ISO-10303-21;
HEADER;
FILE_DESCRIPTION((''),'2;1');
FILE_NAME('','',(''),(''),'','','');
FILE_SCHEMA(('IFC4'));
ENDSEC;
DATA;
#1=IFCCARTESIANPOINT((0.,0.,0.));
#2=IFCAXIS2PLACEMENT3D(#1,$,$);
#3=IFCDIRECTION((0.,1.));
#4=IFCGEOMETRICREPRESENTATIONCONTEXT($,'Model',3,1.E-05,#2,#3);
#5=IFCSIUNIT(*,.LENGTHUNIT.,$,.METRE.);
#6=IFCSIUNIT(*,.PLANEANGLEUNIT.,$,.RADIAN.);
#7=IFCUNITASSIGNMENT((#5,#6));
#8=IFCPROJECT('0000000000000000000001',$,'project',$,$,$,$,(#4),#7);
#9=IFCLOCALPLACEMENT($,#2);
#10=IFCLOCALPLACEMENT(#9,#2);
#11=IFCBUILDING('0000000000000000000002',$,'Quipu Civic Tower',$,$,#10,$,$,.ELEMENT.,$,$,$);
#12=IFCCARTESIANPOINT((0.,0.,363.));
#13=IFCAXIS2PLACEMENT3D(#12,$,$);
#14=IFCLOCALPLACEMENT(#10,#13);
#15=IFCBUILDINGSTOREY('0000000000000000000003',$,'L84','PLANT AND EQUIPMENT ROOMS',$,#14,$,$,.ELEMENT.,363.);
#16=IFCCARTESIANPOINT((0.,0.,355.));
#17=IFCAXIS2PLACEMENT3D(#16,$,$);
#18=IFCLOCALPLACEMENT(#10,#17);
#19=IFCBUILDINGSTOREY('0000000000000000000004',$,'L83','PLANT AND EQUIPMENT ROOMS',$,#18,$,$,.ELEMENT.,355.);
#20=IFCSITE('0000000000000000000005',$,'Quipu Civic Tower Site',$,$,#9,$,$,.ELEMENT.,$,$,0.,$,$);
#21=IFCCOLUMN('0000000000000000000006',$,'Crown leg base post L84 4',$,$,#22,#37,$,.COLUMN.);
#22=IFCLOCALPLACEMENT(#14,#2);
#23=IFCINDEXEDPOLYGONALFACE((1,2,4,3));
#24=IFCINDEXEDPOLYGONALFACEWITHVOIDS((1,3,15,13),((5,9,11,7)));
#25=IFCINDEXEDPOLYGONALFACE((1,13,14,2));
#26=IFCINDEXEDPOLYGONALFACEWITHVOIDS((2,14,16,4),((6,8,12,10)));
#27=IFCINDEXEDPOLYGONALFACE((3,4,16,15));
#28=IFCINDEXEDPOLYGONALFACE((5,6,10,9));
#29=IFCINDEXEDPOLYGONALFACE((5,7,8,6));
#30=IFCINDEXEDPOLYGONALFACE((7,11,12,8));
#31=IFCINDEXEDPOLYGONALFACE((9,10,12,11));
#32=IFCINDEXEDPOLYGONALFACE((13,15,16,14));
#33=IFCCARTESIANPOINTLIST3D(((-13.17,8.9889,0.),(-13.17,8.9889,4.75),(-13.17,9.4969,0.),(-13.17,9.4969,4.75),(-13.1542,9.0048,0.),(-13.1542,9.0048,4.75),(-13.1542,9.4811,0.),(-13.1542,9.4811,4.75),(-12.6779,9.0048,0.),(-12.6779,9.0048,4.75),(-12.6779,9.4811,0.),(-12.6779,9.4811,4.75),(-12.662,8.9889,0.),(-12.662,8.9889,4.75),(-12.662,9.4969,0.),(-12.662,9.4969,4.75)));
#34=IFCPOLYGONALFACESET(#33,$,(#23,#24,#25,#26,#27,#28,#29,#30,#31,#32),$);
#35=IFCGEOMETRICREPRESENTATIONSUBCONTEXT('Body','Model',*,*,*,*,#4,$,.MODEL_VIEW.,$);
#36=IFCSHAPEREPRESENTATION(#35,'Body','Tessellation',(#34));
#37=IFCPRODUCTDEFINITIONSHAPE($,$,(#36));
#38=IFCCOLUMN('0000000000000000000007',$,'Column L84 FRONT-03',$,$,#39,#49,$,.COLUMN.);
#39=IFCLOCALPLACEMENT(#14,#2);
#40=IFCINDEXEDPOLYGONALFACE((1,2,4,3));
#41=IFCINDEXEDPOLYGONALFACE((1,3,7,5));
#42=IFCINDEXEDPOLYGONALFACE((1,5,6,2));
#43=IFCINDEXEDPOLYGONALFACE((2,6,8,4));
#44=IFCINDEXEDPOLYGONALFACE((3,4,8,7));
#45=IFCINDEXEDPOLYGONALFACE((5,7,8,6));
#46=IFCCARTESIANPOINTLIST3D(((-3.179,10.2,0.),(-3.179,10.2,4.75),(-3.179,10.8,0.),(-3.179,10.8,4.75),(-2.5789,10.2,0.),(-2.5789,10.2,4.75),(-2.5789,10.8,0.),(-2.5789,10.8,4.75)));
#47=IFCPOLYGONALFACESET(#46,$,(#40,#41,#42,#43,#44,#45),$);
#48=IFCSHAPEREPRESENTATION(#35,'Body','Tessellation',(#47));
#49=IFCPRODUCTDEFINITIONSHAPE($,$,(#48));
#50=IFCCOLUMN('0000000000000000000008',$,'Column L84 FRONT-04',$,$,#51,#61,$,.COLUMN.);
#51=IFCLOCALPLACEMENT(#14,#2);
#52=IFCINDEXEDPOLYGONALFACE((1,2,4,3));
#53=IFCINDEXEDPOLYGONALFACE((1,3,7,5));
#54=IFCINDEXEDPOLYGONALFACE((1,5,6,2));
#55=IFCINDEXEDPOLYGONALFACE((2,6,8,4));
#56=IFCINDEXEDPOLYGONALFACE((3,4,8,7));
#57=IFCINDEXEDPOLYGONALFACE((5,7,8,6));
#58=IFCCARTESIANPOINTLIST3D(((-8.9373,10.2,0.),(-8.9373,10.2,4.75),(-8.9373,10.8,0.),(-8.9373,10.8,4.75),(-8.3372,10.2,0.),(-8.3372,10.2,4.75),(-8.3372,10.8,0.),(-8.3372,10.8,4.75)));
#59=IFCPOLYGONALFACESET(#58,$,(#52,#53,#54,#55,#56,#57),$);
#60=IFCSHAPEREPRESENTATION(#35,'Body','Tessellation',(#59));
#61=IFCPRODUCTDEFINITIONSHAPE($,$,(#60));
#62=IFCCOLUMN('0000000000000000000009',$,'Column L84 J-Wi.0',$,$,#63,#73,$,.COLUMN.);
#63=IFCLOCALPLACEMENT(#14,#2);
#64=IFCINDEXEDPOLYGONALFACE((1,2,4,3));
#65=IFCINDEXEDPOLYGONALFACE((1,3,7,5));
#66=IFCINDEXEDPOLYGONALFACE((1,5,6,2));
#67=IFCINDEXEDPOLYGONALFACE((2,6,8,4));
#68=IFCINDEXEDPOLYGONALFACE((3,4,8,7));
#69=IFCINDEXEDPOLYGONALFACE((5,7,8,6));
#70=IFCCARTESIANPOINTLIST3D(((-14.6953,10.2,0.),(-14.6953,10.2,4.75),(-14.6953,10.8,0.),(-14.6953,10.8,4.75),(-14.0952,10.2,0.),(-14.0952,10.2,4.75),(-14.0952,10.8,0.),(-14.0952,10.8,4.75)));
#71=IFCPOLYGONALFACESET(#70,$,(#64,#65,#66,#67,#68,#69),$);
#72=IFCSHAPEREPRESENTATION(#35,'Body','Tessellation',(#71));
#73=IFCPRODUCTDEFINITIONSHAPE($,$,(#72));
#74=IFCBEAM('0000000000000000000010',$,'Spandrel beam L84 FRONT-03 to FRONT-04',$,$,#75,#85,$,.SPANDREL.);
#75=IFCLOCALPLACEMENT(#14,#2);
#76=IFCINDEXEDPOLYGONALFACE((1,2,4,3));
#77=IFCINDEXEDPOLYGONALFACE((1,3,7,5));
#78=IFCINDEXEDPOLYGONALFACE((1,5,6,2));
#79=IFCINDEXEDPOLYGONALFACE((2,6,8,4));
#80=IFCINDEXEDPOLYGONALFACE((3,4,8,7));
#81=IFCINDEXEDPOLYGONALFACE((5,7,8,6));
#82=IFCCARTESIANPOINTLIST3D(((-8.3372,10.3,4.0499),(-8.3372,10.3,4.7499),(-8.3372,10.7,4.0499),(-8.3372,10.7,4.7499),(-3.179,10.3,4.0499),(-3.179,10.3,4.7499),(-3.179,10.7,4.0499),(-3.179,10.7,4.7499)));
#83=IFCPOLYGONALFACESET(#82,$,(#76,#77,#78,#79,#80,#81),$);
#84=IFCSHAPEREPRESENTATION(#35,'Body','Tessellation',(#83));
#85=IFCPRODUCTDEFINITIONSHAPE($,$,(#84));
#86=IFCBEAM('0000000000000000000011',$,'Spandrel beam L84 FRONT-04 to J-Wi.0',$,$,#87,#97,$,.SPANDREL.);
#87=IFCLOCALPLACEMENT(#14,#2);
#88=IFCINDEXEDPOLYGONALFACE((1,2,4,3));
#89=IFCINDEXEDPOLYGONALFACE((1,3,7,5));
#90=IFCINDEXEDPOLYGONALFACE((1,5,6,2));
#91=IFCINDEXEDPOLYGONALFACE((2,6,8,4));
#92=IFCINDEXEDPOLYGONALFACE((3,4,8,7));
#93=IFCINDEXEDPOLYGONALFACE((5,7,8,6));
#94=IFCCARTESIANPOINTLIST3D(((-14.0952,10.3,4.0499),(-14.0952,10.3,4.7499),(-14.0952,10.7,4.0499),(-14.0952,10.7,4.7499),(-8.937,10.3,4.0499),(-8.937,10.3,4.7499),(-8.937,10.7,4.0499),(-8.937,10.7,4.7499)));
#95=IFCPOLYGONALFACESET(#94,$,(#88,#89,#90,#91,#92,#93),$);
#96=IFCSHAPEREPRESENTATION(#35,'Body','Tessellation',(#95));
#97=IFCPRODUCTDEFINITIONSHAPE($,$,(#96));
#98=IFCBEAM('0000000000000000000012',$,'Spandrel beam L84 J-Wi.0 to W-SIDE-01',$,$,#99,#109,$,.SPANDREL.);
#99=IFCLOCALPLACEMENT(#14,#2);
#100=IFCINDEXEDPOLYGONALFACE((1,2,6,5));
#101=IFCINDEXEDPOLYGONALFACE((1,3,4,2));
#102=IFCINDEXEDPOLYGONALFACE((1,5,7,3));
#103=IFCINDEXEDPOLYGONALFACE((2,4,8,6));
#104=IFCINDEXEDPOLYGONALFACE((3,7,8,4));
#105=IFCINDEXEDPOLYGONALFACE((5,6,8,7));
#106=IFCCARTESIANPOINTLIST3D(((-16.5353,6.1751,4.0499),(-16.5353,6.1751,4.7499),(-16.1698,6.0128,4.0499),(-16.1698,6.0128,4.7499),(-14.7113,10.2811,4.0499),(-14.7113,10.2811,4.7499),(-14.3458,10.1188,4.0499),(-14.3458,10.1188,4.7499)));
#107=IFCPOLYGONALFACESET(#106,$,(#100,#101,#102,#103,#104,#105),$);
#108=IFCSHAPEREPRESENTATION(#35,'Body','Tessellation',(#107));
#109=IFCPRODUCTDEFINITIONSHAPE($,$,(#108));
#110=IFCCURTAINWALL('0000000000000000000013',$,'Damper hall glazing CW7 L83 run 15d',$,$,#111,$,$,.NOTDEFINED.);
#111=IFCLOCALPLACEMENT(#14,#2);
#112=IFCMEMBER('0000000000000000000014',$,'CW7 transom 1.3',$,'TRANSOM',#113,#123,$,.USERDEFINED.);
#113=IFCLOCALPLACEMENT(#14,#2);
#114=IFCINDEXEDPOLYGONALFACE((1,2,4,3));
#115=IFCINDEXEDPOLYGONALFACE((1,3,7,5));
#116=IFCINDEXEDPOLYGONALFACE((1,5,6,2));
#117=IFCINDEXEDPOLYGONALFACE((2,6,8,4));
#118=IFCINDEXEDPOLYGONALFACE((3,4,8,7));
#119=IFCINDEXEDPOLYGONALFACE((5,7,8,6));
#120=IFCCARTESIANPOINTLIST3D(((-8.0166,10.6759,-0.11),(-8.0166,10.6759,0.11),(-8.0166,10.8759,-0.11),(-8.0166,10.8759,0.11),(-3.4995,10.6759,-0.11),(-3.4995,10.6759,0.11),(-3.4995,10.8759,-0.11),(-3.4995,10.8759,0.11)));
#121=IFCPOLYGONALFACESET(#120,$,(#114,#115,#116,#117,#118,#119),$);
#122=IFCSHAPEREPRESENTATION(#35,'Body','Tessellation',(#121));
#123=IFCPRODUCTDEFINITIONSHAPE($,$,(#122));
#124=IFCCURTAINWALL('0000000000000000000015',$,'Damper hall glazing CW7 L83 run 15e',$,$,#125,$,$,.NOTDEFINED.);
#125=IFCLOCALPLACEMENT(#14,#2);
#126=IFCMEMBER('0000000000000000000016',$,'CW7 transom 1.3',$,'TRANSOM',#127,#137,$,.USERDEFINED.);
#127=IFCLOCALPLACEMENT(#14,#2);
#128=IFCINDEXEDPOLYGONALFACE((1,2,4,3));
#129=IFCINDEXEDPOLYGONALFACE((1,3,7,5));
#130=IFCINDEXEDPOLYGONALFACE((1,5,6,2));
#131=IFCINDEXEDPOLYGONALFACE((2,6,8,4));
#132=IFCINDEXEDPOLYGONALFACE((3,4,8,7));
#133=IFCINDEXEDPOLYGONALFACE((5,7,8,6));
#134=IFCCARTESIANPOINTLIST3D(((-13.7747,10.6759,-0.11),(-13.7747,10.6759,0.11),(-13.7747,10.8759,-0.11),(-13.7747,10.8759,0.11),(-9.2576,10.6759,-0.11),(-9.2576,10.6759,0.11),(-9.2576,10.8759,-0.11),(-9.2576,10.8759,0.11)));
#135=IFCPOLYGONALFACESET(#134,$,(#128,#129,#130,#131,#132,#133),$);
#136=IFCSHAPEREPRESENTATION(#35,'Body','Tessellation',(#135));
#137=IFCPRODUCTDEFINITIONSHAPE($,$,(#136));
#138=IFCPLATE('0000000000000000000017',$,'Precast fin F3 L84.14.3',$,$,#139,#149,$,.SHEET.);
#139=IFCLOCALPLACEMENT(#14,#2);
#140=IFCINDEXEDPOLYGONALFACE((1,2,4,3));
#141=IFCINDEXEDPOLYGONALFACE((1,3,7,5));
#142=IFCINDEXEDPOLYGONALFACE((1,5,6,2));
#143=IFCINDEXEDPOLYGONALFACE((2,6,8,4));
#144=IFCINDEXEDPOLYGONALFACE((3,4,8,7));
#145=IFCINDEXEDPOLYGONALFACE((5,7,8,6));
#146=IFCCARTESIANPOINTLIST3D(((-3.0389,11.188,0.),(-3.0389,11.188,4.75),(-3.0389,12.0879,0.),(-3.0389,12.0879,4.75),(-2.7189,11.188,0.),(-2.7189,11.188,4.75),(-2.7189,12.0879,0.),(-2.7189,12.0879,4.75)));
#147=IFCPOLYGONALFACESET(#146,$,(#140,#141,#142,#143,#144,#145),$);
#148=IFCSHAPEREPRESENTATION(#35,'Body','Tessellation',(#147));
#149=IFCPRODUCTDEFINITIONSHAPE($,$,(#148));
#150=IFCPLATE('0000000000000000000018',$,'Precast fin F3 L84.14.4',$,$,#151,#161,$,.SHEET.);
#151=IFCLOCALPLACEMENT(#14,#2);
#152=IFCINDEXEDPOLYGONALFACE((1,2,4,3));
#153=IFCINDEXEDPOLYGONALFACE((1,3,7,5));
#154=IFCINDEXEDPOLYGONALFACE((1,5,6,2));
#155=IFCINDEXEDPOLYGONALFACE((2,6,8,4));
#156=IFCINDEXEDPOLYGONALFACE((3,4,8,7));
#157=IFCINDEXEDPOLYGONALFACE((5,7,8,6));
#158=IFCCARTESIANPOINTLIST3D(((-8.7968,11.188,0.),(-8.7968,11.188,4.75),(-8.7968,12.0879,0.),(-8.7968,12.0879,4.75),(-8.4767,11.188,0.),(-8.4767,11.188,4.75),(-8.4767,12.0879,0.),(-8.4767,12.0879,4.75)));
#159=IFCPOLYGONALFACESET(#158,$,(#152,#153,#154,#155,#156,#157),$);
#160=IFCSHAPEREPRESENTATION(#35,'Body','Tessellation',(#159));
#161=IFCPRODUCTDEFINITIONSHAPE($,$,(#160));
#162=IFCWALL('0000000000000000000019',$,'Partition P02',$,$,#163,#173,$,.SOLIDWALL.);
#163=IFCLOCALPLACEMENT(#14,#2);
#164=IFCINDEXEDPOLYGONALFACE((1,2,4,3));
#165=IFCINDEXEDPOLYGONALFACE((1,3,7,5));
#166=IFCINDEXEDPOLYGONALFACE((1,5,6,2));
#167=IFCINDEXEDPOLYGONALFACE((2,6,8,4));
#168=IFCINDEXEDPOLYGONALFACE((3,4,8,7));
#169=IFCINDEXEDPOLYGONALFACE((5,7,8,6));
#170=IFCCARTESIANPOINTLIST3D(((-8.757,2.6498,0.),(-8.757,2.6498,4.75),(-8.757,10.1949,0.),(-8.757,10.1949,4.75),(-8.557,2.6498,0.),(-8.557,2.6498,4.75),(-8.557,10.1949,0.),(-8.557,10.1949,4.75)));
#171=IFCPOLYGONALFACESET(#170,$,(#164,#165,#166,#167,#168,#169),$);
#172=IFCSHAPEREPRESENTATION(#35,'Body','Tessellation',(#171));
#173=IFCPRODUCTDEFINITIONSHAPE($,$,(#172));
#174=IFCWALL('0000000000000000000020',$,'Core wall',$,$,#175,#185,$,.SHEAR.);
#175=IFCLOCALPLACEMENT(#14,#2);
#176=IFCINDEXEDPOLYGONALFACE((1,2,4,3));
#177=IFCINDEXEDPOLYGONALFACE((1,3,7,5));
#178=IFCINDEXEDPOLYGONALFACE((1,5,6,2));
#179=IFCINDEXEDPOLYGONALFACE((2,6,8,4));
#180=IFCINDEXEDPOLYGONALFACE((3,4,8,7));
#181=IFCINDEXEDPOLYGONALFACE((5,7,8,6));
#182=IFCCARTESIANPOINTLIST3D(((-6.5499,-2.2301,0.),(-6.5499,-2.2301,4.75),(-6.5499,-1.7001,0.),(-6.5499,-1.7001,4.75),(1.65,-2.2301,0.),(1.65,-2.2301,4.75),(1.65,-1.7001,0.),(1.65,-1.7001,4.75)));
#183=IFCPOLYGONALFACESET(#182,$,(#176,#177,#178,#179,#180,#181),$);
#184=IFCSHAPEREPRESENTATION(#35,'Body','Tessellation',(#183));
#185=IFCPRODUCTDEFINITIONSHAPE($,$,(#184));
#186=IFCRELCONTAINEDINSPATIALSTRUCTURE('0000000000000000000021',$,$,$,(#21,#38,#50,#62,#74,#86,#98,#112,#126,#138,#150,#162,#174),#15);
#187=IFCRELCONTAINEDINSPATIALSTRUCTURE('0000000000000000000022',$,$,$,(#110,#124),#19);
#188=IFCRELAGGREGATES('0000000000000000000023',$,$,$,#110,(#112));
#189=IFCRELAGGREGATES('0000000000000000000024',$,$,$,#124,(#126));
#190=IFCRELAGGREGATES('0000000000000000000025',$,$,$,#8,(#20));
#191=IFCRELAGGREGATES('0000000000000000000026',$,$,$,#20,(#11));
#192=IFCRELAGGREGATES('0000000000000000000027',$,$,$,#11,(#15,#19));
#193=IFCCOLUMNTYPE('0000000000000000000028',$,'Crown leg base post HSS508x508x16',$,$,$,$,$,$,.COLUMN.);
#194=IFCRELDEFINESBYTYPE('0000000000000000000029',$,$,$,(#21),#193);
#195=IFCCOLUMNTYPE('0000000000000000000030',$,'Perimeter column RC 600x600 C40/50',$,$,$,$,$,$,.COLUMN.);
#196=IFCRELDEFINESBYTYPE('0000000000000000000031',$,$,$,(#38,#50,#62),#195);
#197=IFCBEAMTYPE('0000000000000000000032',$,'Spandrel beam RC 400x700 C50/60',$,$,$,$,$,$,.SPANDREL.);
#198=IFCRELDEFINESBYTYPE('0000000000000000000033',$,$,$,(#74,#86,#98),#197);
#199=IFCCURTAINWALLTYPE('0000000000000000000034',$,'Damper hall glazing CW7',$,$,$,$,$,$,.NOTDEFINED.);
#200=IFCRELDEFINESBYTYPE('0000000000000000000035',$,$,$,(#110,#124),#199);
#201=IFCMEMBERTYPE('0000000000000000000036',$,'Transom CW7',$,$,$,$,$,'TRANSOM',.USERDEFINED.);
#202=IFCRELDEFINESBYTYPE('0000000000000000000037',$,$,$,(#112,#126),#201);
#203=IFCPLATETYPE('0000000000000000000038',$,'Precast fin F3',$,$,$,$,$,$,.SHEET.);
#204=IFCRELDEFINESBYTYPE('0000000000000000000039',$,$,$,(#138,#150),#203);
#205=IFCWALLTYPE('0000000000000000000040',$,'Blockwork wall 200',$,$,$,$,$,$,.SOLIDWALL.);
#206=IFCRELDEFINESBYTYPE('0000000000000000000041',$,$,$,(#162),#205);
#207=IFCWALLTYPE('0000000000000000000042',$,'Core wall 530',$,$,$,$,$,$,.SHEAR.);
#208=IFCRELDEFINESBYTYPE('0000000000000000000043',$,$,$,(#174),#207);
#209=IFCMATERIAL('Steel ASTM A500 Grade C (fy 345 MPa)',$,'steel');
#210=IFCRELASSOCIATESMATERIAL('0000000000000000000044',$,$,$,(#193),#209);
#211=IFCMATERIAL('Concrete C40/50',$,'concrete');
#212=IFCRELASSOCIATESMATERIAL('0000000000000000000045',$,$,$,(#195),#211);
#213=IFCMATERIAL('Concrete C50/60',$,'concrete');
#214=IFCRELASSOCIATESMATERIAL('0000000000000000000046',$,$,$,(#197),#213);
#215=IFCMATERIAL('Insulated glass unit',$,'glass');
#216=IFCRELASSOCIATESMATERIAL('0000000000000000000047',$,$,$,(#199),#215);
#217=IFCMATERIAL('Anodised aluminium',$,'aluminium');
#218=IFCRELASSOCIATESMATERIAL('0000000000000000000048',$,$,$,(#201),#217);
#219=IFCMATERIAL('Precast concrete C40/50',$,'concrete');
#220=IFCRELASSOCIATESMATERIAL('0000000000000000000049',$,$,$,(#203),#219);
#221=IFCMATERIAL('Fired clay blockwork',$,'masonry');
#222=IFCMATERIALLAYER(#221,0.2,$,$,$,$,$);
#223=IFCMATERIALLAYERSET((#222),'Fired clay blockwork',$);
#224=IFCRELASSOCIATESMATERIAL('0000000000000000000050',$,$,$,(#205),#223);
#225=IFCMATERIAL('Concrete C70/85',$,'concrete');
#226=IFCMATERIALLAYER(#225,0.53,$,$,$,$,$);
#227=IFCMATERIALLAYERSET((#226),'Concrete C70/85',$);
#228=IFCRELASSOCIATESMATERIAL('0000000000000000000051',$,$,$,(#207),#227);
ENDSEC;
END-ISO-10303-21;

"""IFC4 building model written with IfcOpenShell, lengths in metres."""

from ifc_helpers import new_model, si_unit, direction, frame, frame_2d, origin, origin_2d, place, context, subcontext, project, spatial, rectangle, hollow_rectangle, extrude, material, layer, layer_set, material_profile, profile_set, type_object, element, aggregate, save


model = new_model("IFC4")

# Units and contexts
model_context = context("Model", 3, precision=1e-05, world=origin(), true_north=direction((0.0, 1.0)))
body_context = subcontext(model_context, "Body", "Model", "MODEL_VIEW")
ifc_project = project(units=[si_unit("LENGTHUNIT", "METRE"), si_unit("PLANEANGLEUNIT", "RADIAN")], contexts=[model_context])

# Site, building, storey
site_placement = place(None, origin())
site = spatial("IfcSite", under=ifc_project, at=site_placement, Name="Quipu Civic Tower Site", CompositionType="ELEMENT", RefElevation=0.0)
building_placement = place(site_placement, origin())
building = spatial("IfcBuilding", under=site, at=building_placement, Name="Quipu Civic Tower", CompositionType="ELEMENT")
storey_1_placement = place(building_placement, frame((0.0, 0.0, 363.0)))
storey_1 = spatial("IfcBuildingStorey", under=building, at=storey_1_placement, Name="L84", Description="PLANT AND EQUIPMENT ROOMS", CompositionType="ELEMENT", Elevation=363.0)

# Columns
ifc_material_1 = material(Name="Steel ASTM A500 Grade C (fy 345 MPa)", Category="steel")
ifc_material_profile_1 = material_profile(ifc_material_1, hollow_rectangle(XDim=0.5081, YDim=0.5081, WallThickness=0.0159, at=origin_2d()), Name="HSS508x508x16")
ifc_profile_set_1 = profile_set([ifc_material_profile_1], Name="Steel ASTM A500 Grade C (fy 345 MPa)")
column_type_1 = type_object("IfcColumnType", Name="Crown leg base post HSS508x508x16", PredefinedType="COLUMN", material=ifc_profile_set_1)
column_placement = place(storey_1_placement, frame((-12.916, 9.2429, 0.0), z_axis=(0.0, 0.0, 1.0), x_axis=(1.0, 0.0, 0.0)))
element("IfcColumn", 1, at=column_placement, inside=storey_1, type_object=column_type_1, Name="Crown leg base post L84 4", PredefinedType="COLUMN", context=body_context, shape_type="SweptSolid", body=[
    extrude(hollow_rectangle(XDim=0.5081, YDim=0.5081, WallThickness=0.0159, at=origin_2d()), origin(), (0.0, 0.0, 1.0), 4.75),
])
ifc_material_2 = material(Name="Concrete C40/50", Category="concrete")
ifc_material_profile_2 = material_profile(ifc_material_2, rectangle(XDim=0.6001, YDim=0.6001, at=origin_2d()), Name="RC600x600")
ifc_profile_set_2 = profile_set([ifc_material_profile_2], Name="Concrete C40/50")
column_type_2 = type_object("IfcColumnType", Name="Perimeter column RC 600x600 C40/50", PredefinedType="COLUMN", material=ifc_profile_set_2)
for number, where, z_axis, x_axis, name in (
    (2, (-2.8789, 10.5, 0.0), (0.0, 0.0, 1.0), (-1.0, 0.0, 0.0), "Column L84 FRONT-03"),
    (3, (-8.6372, 10.5, 0.0), (0.0, 0.0, 1.0), (-1.0, 0.0, 0.0), "Column L84 FRONT-04"),
    (4, (-14.3953, 10.5, 0.0), (0.0, 0.0, 1.0), (-1.0, 0.0, 0.0), "Column L84 J-Wi.0"),
):
    element("IfcColumn", number, at=place(storey_1_placement, frame(where, z_axis=z_axis, x_axis=x_axis)), inside=storey_1, type_object=column_type_2, Name=name, PredefinedType="COLUMN", context=body_context, shape_type="SweptSolid", body=[
        extrude(rectangle(XDim=0.6001, YDim=0.6001, at=origin_2d()), origin(), (0.0, 0.0, 1.0), 4.75),
    ])

# Beams
ifc_material_3 = material(Name="Concrete C50/60", Category="concrete")
ifc_material_profile_3 = material_profile(ifc_material_3, rectangle(XDim=0.3999, YDim=0.7, at=origin_2d()), Name="RC400x700")
ifc_profile_set_3 = profile_set([ifc_material_profile_3], Name="Concrete C50/60")
beam_type = type_object("IfcBeamType", Name="Spandrel beam RC 400x700 C50/60", PredefinedType="SPANDREL", material=ifc_profile_set_3)
for number, where, z_axis, x_axis, name in (
    (5, (-3.179, 10.5, 4.3999), (-1.0, 0.0, 0.0), (0.0, -1.0, 0.0), "Spandrel beam L84 FRONT-03 to FRONT-04"),
    (6, (-8.937, 10.5, 4.3999), (-1.0, 0.0, 0.0), (0.0, -1.0, 0.0), "Spandrel beam L84 FRONT-04 to J-Wi.0"),
):
    element("IfcBeam", number, at=place(storey_1_placement, frame(where, z_axis=z_axis, x_axis=x_axis)), inside=storey_1, type_object=beam_type, Name=name, PredefinedType="SPANDREL", context=body_context, shape_type="SweptSolid", body=[
        extrude(rectangle(XDim=0.3999, YDim=0.7, at=origin_2d()), origin(), (0.0, 0.0, 1.0), 5.1582),
    ])
beam_placement = place(storey_1_placement, frame((-14.5286, 10.2, 4.3999), z_axis=(-0.405972, -0.913885, 0.0), x_axis=(0.913885, -0.405972, 0.0)))
element("IfcBeam", 7, at=beam_placement, inside=storey_1, type_object=beam_type, Name="Spandrel beam L84 J-Wi.0 to W-SIDE-01", PredefinedType="SPANDREL", context=body_context, shape_type="SweptSolid", body=[
    extrude(rectangle(XDim=0.3999, YDim=0.7, at=origin_2d()), origin(), (0.0, 0.0, 1.0), 4.4929),
])

# Shared definitions
storey_2_placement = place(building_placement, frame((0.0, 0.0, 355.0)))
storey_2 = spatial("IfcBuildingStorey", under=building, at=storey_2_placement, Name="L83", Description="PLANT AND EQUIPMENT ROOMS", CompositionType="ELEMENT", Elevation=355.0)

# Curtain walls, members
ifc_material_4 = material(Name="Insulated glass unit", Category="glass")
curtain_wall_type = type_object("IfcCurtainWallType", Name="Damper hall glazing CW7", PredefinedType="NOTDEFINED", material=ifc_material_4)
curtain_wall_1_placement = place(storey_2_placement, origin())
curtain_wall_1 = element("IfcCurtainWall", 8, at=curtain_wall_1_placement, inside=storey_2, type_object=curtain_wall_type, Name="Damper hall glazing CW7 L83 run 15d", PredefinedType="NOTDEFINED")
ifc_material_5 = material(Name="Anodised aluminium", Category="aluminium")
ifc_material_profile_4 = material_profile(ifc_material_5, rectangle(XDim=0.2, YDim=0.22, at=origin_2d()), Name="RECT 200x220")
ifc_profile_set_4 = profile_set([ifc_material_profile_4], Name="Anodised aluminium")
member_type = type_object("IfcMemberType", Name="Transom CW7", ElementType="TRANSOM", PredefinedType="USERDEFINED", material=ifc_profile_set_4)
member_1_placement = place(storey_1_placement, frame((-3.4995, 10.7759, 0.0), z_axis=(-1.0, 0.0, 0.0), x_axis=(0.0, -1.0, 0.0)))
member_1 = element("IfcMember", 9, at=member_1_placement, inside=storey_1, type_object=member_type, Name="CW7 transom 1.3", ObjectType="TRANSOM", PredefinedType="USERDEFINED", context=body_context, shape_type="SweptSolid", body=[
    extrude(rectangle(XDim=0.2, YDim=0.22, at=origin_2d()), origin(), (0.0, 0.0, 1.0), 4.5171),
])
aggregate(curtain_wall_1, [member_1])
curtain_wall_2_placement = place(storey_2_placement, origin())
curtain_wall_2 = element("IfcCurtainWall", 10, at=curtain_wall_2_placement, inside=storey_2, type_object=curtain_wall_type, Name="Damper hall glazing CW7 L83 run 15e", PredefinedType="NOTDEFINED")
member_2_placement = place(storey_1_placement, frame((-9.2576, 10.7759, 0.0), z_axis=(-1.0, 0.0, 0.0), x_axis=(0.0, -1.0, 0.0)))
member_2 = element("IfcMember", 11, at=member_2_placement, inside=storey_1, type_object=member_type, Name="CW7 transom 1.3", ObjectType="TRANSOM", PredefinedType="USERDEFINED", context=body_context, shape_type="SweptSolid", body=[
    extrude(rectangle(XDim=0.2, YDim=0.22, at=origin_2d()), origin(), (0.0, 0.0, 1.0), 4.5171),
])
aggregate(curtain_wall_2, [member_2])

# Plates
ifc_material_6 = material(Name="Precast concrete C40/50", Category="concrete")
plate_type = type_object("IfcPlateType", Name="Precast fin F3", PredefinedType="SHEET", material=ifc_material_6)
for number, where, z_axis, x_axis, name in (
    (12, (-2.8789, 11.6379, 0.0), (0.0, 0.0, 1.0), (-1.0, 0.0, 0.0), "Precast fin F3 L84.14.3"),
    (13, (-8.6367, 11.6379, 0.0), (0.0, 0.0, 1.0), (-1.0, 0.0, 0.0), "Precast fin F3 L84.14.4"),
):
    element("IfcPlate", number, at=place(storey_1_placement, frame(where, z_axis=z_axis, x_axis=x_axis)), inside=storey_1, type_object=plate_type, Name=name, PredefinedType="SHEET", context=body_context, shape_type="SweptSolid", body=[
        extrude(rectangle(XDim=0.3201, YDim=0.8999, at=origin_2d()), origin(), (0.0, 0.0, 1.0), 4.75),
    ])

# Walls
ifc_material_7 = material(Name="Fired clay blockwork", Category="masonry")
ifc_layer_1 = layer(ifc_material_7, 0.2)
ifc_layer_set_1 = layer_set([ifc_layer_1], Name="Fired clay blockwork")
wall_type_1 = type_object("IfcWallType", Name="Blockwork wall 200", PredefinedType="SOLIDWALL", material=ifc_layer_set_1)
wall_1_placement = place(storey_1_placement, frame((-8.657, 2.6499, 0.0), z_axis=(0.0, 0.0, 1.0), x_axis=(0.0, 1.0, 0.0)))
element("IfcWall", 14, at=wall_1_placement, inside=storey_1, type_object=wall_type_1, Name="Partition P02", PredefinedType="SOLIDWALL", context=body_context, shape_type="SweptSolid", body=[
    extrude(rectangle(XDim=7.5452, YDim=0.2, at=frame_2d((3.7725, 0.0))), origin(), (0.0, 0.0, 1.0), 4.75),
])
ifc_material_8 = material(Name="Concrete C70/85", Category="concrete")
ifc_layer_2 = layer(ifc_material_8, 0.53)
ifc_layer_set_2 = layer_set([ifc_layer_2], Name="Concrete C70/85")
wall_type_2 = type_object("IfcWallType", Name="Core wall 530", PredefinedType="SHEAR", material=ifc_layer_set_2)
wall_2_placement = place(storey_1_placement, frame((-6.55, -1.9651, 0.0), z_axis=(0.0, 0.0, 1.0), x_axis=(1.0, 0.0, 0.0)))
element("IfcWall", 15, at=wall_2_placement, inside=storey_1, type_object=wall_type_2, Name="Core wall", PredefinedType="SHEAR", context=body_context, shape_type="SweptSolid", body=[
    extrude(rectangle(XDim=8.2, YDim=0.53, at=frame_2d((4.1001, 0.0))), origin(), (0.0, 0.0, 1.0), 4.75),
])

save(model, "model.ifc")
